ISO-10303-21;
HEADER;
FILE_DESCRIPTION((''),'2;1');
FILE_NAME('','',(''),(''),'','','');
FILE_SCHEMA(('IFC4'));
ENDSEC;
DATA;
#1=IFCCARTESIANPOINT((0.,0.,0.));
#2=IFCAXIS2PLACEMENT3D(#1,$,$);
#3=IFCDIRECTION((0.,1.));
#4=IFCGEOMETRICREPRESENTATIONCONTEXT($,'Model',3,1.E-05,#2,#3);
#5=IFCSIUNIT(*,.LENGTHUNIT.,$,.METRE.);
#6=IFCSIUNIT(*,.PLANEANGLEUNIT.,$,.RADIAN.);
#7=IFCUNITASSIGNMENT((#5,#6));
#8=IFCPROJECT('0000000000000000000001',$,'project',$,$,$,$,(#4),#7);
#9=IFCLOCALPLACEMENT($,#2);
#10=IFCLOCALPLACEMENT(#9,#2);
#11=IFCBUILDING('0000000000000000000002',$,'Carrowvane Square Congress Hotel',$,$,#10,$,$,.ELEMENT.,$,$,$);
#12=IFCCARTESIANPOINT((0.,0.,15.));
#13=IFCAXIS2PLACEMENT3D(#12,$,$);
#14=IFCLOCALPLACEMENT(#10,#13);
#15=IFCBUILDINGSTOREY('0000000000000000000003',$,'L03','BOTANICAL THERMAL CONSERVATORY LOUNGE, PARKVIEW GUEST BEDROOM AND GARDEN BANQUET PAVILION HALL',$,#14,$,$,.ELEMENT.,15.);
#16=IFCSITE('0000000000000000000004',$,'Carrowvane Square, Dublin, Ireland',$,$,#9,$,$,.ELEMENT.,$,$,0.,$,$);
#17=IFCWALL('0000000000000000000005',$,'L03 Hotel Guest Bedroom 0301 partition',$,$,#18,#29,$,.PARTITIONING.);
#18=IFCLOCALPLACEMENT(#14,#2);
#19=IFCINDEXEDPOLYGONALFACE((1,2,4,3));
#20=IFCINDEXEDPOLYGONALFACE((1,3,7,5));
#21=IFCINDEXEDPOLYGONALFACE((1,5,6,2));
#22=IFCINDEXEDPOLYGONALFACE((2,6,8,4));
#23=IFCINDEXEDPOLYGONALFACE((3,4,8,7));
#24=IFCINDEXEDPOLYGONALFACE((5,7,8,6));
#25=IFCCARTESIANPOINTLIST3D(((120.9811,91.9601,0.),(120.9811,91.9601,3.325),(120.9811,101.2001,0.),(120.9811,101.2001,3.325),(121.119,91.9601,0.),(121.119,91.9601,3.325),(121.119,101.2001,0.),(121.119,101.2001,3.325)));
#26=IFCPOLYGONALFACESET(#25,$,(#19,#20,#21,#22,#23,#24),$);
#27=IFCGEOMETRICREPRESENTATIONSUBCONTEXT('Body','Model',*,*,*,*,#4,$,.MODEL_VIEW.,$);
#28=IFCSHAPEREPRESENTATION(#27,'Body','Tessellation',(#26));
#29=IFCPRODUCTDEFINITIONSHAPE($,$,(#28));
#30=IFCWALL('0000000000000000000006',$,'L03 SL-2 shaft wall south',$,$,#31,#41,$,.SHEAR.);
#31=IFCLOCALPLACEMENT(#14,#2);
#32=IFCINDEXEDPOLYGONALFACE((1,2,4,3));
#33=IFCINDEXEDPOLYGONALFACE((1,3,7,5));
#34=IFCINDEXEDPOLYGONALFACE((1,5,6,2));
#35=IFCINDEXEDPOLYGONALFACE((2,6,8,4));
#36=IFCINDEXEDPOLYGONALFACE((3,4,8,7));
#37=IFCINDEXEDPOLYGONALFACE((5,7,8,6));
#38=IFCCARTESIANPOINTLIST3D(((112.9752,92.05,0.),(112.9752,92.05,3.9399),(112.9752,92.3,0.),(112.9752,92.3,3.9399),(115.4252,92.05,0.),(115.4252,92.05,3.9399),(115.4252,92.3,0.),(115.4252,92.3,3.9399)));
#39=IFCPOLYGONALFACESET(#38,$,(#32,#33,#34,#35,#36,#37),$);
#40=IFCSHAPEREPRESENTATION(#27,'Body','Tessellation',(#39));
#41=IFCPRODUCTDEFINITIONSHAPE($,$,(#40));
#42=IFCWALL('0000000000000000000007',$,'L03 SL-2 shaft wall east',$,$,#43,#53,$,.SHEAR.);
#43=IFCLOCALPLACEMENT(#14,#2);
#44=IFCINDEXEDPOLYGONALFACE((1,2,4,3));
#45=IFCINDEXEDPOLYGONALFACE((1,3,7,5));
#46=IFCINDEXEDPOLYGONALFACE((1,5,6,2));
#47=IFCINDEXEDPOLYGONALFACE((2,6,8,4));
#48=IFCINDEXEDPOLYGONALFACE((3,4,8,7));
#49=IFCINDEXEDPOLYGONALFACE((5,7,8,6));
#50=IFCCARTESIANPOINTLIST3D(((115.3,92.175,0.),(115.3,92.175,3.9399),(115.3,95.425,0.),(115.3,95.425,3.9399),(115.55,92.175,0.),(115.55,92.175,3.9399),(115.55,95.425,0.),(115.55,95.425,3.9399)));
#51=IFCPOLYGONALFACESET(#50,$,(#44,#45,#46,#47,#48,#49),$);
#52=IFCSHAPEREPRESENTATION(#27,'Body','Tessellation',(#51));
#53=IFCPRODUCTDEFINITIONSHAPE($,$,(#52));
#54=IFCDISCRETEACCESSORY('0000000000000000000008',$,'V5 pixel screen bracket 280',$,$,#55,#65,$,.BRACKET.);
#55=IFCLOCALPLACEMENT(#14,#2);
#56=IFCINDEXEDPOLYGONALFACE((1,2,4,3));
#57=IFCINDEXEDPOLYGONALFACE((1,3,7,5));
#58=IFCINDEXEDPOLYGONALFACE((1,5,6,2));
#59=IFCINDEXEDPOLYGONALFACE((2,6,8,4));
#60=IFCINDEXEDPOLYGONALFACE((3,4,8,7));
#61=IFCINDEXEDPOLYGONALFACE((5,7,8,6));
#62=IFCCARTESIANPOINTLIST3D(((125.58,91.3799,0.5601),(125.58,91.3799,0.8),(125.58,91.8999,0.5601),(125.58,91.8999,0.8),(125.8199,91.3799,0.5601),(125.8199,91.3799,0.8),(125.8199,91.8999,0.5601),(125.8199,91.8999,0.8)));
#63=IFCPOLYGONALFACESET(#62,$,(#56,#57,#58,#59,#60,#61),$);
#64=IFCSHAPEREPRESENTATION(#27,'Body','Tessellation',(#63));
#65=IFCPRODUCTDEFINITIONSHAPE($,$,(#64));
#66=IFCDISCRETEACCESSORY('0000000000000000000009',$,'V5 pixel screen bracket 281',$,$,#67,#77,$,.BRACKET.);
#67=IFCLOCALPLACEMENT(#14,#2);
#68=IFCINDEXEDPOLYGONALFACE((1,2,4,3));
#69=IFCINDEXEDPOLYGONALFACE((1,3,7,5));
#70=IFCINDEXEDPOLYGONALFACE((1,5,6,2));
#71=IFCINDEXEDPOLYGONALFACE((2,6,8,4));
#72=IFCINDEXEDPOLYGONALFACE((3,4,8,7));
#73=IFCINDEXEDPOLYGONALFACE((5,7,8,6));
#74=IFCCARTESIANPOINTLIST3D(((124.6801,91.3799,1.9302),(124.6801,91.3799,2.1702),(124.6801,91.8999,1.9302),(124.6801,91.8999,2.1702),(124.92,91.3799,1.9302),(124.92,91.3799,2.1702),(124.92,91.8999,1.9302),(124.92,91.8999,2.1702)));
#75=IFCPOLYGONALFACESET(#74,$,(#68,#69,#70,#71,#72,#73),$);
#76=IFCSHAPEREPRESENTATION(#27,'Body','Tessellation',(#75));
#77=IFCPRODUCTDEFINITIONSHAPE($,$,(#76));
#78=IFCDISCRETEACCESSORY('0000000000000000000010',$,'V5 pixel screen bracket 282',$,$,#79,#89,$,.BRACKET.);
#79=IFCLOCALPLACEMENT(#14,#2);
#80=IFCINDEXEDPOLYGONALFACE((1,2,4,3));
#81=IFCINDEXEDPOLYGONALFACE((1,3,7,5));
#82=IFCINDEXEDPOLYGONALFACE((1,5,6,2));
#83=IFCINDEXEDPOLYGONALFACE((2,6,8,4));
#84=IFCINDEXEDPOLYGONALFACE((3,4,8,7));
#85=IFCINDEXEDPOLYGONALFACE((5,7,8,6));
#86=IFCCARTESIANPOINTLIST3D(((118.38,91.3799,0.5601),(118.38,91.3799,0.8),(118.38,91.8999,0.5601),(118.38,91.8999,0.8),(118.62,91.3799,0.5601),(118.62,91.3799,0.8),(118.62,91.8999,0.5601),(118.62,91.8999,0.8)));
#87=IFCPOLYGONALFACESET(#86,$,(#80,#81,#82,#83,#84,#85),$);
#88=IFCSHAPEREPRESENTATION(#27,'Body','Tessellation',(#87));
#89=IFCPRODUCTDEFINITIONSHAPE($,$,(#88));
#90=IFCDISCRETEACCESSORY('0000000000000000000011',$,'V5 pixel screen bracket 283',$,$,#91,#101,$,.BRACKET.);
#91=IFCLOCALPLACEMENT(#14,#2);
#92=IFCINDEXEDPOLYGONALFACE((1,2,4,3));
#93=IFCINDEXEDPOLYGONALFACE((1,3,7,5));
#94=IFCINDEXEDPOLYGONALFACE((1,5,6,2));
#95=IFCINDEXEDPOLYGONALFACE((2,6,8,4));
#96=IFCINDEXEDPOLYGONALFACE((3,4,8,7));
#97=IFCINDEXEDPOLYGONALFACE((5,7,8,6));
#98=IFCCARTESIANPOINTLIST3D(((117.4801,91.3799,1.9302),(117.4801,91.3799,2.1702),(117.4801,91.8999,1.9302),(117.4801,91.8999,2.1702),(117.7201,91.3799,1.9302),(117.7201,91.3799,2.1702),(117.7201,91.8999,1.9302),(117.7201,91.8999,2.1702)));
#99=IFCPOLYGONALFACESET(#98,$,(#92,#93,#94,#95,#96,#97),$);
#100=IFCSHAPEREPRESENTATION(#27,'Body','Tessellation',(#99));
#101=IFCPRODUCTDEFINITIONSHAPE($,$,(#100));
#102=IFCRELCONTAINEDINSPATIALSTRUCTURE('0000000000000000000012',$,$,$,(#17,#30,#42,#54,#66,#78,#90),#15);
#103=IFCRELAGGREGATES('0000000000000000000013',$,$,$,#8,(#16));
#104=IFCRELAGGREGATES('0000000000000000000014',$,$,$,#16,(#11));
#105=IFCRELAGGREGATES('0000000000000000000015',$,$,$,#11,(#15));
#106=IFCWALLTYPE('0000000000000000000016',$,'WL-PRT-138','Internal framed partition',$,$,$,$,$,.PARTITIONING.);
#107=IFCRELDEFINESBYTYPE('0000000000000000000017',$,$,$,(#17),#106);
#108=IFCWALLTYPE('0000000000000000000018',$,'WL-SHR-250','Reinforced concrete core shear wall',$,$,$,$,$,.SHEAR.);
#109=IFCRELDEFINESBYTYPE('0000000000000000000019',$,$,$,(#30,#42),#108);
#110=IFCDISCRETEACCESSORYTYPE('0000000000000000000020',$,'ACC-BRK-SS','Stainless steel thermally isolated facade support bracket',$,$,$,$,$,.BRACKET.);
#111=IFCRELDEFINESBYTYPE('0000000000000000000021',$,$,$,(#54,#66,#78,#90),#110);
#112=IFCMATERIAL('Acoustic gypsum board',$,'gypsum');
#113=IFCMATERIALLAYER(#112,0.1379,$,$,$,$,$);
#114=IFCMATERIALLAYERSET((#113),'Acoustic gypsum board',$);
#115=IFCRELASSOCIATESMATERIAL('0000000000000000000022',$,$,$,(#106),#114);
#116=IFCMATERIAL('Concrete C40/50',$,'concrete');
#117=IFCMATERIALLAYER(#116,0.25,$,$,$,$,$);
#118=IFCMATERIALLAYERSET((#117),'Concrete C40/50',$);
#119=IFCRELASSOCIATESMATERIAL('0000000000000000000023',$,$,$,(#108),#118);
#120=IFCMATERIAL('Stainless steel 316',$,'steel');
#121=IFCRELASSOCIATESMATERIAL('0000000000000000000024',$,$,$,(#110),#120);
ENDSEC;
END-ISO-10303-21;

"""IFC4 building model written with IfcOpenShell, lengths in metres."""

from ifc_helpers import new_model, si_unit, direction, frame, frame_2d, origin, origin_2d, place, context, subcontext, project, spatial, rectangle, extrude, material, layer, layer_set, type_object, element, save


model = new_model("IFC4")

# Units and contexts
model_context = context("Model", 3, precision=1e-05, world=origin(), true_north=direction((0.0, 1.0)))
body_context = subcontext(model_context, "Body", "Model", "MODEL_VIEW")
ifc_project = project(units=[si_unit("LENGTHUNIT", "METRE"), si_unit("PLANEANGLEUNIT", "RADIAN")], contexts=[model_context])

# Site, building, storey
site_placement = place(None, origin())
site = spatial("IfcSite", under=ifc_project, at=site_placement, Name="Carrowvane Square, Dublin, Ireland", CompositionType="ELEMENT", RefElevation=0.0)
building_placement = place(site_placement, origin())
building = spatial("IfcBuilding", under=site, at=building_placement, Name="Carrowvane Square Congress Hotel", CompositionType="ELEMENT")
storey_placement = place(building_placement, frame((0.0, 0.0, 15.0)))
storey = spatial("IfcBuildingStorey", under=building, at=storey_placement, Name="L03", Description="BOTANICAL THERMAL CONSERVATORY LOUNGE, PARKVIEW GUEST BEDROOM AND GARDEN BANQUET PAVILION HALL", CompositionType="ELEMENT", Elevation=15.0)

# Walls
ifc_material_1 = material(Name="Acoustic gypsum board", Category="gypsum")
ifc_layer_1 = layer(ifc_material_1, 0.1379)
ifc_layer_set_1 = layer_set([ifc_layer_1], Name="Acoustic gypsum board")
wall_type_1 = type_object("IfcWallType", Name="WL-PRT-138", Description="Internal framed partition", PredefinedType="PARTITIONING", material=ifc_layer_set_1)
wall_1_placement = place(storey_placement, frame((121.05, 91.96, 0.0), z_axis=(0.0, 0.0, 1.0), x_axis=(0.0, 1.0, 0.0)))
element("IfcWall", 1, at=wall_1_placement, inside=storey, type_object=wall_type_1, Name="L03 Hotel Guest Bedroom 0301 partition", PredefinedType="PARTITIONING", context=body_context, shape_type="SweptSolid", body=[
    extrude(rectangle(XDim=9.24, YDim=0.1379, at=frame_2d((4.6201, 0.0))), origin(), (0.0, 0.0, 1.0), 3.325),
])
ifc_material_2 = material(Name="Concrete C40/50", Category="concrete")
ifc_layer_2 = layer(ifc_material_2, 0.25)
ifc_layer_set_2 = layer_set([ifc_layer_2], Name="Concrete C40/50")
wall_type_2 = type_object("IfcWallType", Name="WL-SHR-250", Description="Reinforced concrete core shear wall", PredefinedType="SHEAR", material=ifc_layer_set_2)
wall_2_placement = place(storey_placement, frame((112.9751, 92.175, 0.0), z_axis=(0.0, 0.0, 1.0), x_axis=(1.0, 0.0, 0.0)))
element("IfcWall", 2, at=wall_2_placement, inside=storey, type_object=wall_type_2, Name="L03 SL-2 shaft wall south", PredefinedType="SHEAR", context=body_context, shape_type="SweptSolid", body=[
    extrude(rectangle(XDim=2.45, YDim=0.25, at=frame_2d((1.2251, 0.0))), origin(), (0.0, 0.0, 1.0), 3.9399),
])
wall_3_placement = place(storey_placement, frame((115.425, 92.175, 0.0), z_axis=(0.0, 0.0, 1.0), x_axis=(0.0, 1.0, 0.0)))
element("IfcWall", 3, at=wall_3_placement, inside=storey, type_object=wall_type_2, Name="L03 SL-2 shaft wall east", PredefinedType="SHEAR", context=body_context, shape_type="SweptSolid", body=[
    extrude(rectangle(XDim=3.25, YDim=0.25, at=frame_2d((1.625, 0.0))), origin(), (0.0, 0.0, 1.0), 3.9399),
])

# Discrete accessories
ifc_material_3 = material(Name="Stainless steel 316", Category="steel")
discrete_accessory_type = type_object("IfcDiscreteAccessoryType", Name="ACC-BRK-SS", Description="Stainless steel thermally isolated facade support bracket", PredefinedType="BRACKET", material=ifc_material_3)
for number, where, z_axis, x_axis, name in (
    (4, (125.7, 91.6399, 0.5601), (0.0, 0.0, 1.0), (-1.0, 0.0, 0.0), "V5 pixel screen bracket 280"),
    (5, (124.8, 91.6399, 1.9302), (0.0, 0.0, 1.0), (-1.0, 0.0, 0.0), "V5 pixel screen bracket 281"),
    (6, (118.5, 91.6399, 0.5601), (0.0, 0.0, 1.0), (-1.0, 0.0, 0.0), "V5 pixel screen bracket 282"),
    (7, (117.6001, 91.6399, 1.9302), (0.0, 0.0, 1.0), (-1.0, 0.0, 0.0), "V5 pixel screen bracket 283"),
):
    element("IfcDiscreteAccessory", number, at=place(storey_placement, frame(where, z_axis=z_axis, x_axis=x_axis)), inside=storey, type_object=discrete_accessory_type, Name=name, PredefinedType="BRACKET", context=body_context, shape_type="SweptSolid", body=[
        extrude(rectangle(XDim=0.24, YDim=0.52, at=origin_2d()), origin(), (0.0, 0.0, 1.0), 0.24),
    ])

save(model, "model.ifc")
